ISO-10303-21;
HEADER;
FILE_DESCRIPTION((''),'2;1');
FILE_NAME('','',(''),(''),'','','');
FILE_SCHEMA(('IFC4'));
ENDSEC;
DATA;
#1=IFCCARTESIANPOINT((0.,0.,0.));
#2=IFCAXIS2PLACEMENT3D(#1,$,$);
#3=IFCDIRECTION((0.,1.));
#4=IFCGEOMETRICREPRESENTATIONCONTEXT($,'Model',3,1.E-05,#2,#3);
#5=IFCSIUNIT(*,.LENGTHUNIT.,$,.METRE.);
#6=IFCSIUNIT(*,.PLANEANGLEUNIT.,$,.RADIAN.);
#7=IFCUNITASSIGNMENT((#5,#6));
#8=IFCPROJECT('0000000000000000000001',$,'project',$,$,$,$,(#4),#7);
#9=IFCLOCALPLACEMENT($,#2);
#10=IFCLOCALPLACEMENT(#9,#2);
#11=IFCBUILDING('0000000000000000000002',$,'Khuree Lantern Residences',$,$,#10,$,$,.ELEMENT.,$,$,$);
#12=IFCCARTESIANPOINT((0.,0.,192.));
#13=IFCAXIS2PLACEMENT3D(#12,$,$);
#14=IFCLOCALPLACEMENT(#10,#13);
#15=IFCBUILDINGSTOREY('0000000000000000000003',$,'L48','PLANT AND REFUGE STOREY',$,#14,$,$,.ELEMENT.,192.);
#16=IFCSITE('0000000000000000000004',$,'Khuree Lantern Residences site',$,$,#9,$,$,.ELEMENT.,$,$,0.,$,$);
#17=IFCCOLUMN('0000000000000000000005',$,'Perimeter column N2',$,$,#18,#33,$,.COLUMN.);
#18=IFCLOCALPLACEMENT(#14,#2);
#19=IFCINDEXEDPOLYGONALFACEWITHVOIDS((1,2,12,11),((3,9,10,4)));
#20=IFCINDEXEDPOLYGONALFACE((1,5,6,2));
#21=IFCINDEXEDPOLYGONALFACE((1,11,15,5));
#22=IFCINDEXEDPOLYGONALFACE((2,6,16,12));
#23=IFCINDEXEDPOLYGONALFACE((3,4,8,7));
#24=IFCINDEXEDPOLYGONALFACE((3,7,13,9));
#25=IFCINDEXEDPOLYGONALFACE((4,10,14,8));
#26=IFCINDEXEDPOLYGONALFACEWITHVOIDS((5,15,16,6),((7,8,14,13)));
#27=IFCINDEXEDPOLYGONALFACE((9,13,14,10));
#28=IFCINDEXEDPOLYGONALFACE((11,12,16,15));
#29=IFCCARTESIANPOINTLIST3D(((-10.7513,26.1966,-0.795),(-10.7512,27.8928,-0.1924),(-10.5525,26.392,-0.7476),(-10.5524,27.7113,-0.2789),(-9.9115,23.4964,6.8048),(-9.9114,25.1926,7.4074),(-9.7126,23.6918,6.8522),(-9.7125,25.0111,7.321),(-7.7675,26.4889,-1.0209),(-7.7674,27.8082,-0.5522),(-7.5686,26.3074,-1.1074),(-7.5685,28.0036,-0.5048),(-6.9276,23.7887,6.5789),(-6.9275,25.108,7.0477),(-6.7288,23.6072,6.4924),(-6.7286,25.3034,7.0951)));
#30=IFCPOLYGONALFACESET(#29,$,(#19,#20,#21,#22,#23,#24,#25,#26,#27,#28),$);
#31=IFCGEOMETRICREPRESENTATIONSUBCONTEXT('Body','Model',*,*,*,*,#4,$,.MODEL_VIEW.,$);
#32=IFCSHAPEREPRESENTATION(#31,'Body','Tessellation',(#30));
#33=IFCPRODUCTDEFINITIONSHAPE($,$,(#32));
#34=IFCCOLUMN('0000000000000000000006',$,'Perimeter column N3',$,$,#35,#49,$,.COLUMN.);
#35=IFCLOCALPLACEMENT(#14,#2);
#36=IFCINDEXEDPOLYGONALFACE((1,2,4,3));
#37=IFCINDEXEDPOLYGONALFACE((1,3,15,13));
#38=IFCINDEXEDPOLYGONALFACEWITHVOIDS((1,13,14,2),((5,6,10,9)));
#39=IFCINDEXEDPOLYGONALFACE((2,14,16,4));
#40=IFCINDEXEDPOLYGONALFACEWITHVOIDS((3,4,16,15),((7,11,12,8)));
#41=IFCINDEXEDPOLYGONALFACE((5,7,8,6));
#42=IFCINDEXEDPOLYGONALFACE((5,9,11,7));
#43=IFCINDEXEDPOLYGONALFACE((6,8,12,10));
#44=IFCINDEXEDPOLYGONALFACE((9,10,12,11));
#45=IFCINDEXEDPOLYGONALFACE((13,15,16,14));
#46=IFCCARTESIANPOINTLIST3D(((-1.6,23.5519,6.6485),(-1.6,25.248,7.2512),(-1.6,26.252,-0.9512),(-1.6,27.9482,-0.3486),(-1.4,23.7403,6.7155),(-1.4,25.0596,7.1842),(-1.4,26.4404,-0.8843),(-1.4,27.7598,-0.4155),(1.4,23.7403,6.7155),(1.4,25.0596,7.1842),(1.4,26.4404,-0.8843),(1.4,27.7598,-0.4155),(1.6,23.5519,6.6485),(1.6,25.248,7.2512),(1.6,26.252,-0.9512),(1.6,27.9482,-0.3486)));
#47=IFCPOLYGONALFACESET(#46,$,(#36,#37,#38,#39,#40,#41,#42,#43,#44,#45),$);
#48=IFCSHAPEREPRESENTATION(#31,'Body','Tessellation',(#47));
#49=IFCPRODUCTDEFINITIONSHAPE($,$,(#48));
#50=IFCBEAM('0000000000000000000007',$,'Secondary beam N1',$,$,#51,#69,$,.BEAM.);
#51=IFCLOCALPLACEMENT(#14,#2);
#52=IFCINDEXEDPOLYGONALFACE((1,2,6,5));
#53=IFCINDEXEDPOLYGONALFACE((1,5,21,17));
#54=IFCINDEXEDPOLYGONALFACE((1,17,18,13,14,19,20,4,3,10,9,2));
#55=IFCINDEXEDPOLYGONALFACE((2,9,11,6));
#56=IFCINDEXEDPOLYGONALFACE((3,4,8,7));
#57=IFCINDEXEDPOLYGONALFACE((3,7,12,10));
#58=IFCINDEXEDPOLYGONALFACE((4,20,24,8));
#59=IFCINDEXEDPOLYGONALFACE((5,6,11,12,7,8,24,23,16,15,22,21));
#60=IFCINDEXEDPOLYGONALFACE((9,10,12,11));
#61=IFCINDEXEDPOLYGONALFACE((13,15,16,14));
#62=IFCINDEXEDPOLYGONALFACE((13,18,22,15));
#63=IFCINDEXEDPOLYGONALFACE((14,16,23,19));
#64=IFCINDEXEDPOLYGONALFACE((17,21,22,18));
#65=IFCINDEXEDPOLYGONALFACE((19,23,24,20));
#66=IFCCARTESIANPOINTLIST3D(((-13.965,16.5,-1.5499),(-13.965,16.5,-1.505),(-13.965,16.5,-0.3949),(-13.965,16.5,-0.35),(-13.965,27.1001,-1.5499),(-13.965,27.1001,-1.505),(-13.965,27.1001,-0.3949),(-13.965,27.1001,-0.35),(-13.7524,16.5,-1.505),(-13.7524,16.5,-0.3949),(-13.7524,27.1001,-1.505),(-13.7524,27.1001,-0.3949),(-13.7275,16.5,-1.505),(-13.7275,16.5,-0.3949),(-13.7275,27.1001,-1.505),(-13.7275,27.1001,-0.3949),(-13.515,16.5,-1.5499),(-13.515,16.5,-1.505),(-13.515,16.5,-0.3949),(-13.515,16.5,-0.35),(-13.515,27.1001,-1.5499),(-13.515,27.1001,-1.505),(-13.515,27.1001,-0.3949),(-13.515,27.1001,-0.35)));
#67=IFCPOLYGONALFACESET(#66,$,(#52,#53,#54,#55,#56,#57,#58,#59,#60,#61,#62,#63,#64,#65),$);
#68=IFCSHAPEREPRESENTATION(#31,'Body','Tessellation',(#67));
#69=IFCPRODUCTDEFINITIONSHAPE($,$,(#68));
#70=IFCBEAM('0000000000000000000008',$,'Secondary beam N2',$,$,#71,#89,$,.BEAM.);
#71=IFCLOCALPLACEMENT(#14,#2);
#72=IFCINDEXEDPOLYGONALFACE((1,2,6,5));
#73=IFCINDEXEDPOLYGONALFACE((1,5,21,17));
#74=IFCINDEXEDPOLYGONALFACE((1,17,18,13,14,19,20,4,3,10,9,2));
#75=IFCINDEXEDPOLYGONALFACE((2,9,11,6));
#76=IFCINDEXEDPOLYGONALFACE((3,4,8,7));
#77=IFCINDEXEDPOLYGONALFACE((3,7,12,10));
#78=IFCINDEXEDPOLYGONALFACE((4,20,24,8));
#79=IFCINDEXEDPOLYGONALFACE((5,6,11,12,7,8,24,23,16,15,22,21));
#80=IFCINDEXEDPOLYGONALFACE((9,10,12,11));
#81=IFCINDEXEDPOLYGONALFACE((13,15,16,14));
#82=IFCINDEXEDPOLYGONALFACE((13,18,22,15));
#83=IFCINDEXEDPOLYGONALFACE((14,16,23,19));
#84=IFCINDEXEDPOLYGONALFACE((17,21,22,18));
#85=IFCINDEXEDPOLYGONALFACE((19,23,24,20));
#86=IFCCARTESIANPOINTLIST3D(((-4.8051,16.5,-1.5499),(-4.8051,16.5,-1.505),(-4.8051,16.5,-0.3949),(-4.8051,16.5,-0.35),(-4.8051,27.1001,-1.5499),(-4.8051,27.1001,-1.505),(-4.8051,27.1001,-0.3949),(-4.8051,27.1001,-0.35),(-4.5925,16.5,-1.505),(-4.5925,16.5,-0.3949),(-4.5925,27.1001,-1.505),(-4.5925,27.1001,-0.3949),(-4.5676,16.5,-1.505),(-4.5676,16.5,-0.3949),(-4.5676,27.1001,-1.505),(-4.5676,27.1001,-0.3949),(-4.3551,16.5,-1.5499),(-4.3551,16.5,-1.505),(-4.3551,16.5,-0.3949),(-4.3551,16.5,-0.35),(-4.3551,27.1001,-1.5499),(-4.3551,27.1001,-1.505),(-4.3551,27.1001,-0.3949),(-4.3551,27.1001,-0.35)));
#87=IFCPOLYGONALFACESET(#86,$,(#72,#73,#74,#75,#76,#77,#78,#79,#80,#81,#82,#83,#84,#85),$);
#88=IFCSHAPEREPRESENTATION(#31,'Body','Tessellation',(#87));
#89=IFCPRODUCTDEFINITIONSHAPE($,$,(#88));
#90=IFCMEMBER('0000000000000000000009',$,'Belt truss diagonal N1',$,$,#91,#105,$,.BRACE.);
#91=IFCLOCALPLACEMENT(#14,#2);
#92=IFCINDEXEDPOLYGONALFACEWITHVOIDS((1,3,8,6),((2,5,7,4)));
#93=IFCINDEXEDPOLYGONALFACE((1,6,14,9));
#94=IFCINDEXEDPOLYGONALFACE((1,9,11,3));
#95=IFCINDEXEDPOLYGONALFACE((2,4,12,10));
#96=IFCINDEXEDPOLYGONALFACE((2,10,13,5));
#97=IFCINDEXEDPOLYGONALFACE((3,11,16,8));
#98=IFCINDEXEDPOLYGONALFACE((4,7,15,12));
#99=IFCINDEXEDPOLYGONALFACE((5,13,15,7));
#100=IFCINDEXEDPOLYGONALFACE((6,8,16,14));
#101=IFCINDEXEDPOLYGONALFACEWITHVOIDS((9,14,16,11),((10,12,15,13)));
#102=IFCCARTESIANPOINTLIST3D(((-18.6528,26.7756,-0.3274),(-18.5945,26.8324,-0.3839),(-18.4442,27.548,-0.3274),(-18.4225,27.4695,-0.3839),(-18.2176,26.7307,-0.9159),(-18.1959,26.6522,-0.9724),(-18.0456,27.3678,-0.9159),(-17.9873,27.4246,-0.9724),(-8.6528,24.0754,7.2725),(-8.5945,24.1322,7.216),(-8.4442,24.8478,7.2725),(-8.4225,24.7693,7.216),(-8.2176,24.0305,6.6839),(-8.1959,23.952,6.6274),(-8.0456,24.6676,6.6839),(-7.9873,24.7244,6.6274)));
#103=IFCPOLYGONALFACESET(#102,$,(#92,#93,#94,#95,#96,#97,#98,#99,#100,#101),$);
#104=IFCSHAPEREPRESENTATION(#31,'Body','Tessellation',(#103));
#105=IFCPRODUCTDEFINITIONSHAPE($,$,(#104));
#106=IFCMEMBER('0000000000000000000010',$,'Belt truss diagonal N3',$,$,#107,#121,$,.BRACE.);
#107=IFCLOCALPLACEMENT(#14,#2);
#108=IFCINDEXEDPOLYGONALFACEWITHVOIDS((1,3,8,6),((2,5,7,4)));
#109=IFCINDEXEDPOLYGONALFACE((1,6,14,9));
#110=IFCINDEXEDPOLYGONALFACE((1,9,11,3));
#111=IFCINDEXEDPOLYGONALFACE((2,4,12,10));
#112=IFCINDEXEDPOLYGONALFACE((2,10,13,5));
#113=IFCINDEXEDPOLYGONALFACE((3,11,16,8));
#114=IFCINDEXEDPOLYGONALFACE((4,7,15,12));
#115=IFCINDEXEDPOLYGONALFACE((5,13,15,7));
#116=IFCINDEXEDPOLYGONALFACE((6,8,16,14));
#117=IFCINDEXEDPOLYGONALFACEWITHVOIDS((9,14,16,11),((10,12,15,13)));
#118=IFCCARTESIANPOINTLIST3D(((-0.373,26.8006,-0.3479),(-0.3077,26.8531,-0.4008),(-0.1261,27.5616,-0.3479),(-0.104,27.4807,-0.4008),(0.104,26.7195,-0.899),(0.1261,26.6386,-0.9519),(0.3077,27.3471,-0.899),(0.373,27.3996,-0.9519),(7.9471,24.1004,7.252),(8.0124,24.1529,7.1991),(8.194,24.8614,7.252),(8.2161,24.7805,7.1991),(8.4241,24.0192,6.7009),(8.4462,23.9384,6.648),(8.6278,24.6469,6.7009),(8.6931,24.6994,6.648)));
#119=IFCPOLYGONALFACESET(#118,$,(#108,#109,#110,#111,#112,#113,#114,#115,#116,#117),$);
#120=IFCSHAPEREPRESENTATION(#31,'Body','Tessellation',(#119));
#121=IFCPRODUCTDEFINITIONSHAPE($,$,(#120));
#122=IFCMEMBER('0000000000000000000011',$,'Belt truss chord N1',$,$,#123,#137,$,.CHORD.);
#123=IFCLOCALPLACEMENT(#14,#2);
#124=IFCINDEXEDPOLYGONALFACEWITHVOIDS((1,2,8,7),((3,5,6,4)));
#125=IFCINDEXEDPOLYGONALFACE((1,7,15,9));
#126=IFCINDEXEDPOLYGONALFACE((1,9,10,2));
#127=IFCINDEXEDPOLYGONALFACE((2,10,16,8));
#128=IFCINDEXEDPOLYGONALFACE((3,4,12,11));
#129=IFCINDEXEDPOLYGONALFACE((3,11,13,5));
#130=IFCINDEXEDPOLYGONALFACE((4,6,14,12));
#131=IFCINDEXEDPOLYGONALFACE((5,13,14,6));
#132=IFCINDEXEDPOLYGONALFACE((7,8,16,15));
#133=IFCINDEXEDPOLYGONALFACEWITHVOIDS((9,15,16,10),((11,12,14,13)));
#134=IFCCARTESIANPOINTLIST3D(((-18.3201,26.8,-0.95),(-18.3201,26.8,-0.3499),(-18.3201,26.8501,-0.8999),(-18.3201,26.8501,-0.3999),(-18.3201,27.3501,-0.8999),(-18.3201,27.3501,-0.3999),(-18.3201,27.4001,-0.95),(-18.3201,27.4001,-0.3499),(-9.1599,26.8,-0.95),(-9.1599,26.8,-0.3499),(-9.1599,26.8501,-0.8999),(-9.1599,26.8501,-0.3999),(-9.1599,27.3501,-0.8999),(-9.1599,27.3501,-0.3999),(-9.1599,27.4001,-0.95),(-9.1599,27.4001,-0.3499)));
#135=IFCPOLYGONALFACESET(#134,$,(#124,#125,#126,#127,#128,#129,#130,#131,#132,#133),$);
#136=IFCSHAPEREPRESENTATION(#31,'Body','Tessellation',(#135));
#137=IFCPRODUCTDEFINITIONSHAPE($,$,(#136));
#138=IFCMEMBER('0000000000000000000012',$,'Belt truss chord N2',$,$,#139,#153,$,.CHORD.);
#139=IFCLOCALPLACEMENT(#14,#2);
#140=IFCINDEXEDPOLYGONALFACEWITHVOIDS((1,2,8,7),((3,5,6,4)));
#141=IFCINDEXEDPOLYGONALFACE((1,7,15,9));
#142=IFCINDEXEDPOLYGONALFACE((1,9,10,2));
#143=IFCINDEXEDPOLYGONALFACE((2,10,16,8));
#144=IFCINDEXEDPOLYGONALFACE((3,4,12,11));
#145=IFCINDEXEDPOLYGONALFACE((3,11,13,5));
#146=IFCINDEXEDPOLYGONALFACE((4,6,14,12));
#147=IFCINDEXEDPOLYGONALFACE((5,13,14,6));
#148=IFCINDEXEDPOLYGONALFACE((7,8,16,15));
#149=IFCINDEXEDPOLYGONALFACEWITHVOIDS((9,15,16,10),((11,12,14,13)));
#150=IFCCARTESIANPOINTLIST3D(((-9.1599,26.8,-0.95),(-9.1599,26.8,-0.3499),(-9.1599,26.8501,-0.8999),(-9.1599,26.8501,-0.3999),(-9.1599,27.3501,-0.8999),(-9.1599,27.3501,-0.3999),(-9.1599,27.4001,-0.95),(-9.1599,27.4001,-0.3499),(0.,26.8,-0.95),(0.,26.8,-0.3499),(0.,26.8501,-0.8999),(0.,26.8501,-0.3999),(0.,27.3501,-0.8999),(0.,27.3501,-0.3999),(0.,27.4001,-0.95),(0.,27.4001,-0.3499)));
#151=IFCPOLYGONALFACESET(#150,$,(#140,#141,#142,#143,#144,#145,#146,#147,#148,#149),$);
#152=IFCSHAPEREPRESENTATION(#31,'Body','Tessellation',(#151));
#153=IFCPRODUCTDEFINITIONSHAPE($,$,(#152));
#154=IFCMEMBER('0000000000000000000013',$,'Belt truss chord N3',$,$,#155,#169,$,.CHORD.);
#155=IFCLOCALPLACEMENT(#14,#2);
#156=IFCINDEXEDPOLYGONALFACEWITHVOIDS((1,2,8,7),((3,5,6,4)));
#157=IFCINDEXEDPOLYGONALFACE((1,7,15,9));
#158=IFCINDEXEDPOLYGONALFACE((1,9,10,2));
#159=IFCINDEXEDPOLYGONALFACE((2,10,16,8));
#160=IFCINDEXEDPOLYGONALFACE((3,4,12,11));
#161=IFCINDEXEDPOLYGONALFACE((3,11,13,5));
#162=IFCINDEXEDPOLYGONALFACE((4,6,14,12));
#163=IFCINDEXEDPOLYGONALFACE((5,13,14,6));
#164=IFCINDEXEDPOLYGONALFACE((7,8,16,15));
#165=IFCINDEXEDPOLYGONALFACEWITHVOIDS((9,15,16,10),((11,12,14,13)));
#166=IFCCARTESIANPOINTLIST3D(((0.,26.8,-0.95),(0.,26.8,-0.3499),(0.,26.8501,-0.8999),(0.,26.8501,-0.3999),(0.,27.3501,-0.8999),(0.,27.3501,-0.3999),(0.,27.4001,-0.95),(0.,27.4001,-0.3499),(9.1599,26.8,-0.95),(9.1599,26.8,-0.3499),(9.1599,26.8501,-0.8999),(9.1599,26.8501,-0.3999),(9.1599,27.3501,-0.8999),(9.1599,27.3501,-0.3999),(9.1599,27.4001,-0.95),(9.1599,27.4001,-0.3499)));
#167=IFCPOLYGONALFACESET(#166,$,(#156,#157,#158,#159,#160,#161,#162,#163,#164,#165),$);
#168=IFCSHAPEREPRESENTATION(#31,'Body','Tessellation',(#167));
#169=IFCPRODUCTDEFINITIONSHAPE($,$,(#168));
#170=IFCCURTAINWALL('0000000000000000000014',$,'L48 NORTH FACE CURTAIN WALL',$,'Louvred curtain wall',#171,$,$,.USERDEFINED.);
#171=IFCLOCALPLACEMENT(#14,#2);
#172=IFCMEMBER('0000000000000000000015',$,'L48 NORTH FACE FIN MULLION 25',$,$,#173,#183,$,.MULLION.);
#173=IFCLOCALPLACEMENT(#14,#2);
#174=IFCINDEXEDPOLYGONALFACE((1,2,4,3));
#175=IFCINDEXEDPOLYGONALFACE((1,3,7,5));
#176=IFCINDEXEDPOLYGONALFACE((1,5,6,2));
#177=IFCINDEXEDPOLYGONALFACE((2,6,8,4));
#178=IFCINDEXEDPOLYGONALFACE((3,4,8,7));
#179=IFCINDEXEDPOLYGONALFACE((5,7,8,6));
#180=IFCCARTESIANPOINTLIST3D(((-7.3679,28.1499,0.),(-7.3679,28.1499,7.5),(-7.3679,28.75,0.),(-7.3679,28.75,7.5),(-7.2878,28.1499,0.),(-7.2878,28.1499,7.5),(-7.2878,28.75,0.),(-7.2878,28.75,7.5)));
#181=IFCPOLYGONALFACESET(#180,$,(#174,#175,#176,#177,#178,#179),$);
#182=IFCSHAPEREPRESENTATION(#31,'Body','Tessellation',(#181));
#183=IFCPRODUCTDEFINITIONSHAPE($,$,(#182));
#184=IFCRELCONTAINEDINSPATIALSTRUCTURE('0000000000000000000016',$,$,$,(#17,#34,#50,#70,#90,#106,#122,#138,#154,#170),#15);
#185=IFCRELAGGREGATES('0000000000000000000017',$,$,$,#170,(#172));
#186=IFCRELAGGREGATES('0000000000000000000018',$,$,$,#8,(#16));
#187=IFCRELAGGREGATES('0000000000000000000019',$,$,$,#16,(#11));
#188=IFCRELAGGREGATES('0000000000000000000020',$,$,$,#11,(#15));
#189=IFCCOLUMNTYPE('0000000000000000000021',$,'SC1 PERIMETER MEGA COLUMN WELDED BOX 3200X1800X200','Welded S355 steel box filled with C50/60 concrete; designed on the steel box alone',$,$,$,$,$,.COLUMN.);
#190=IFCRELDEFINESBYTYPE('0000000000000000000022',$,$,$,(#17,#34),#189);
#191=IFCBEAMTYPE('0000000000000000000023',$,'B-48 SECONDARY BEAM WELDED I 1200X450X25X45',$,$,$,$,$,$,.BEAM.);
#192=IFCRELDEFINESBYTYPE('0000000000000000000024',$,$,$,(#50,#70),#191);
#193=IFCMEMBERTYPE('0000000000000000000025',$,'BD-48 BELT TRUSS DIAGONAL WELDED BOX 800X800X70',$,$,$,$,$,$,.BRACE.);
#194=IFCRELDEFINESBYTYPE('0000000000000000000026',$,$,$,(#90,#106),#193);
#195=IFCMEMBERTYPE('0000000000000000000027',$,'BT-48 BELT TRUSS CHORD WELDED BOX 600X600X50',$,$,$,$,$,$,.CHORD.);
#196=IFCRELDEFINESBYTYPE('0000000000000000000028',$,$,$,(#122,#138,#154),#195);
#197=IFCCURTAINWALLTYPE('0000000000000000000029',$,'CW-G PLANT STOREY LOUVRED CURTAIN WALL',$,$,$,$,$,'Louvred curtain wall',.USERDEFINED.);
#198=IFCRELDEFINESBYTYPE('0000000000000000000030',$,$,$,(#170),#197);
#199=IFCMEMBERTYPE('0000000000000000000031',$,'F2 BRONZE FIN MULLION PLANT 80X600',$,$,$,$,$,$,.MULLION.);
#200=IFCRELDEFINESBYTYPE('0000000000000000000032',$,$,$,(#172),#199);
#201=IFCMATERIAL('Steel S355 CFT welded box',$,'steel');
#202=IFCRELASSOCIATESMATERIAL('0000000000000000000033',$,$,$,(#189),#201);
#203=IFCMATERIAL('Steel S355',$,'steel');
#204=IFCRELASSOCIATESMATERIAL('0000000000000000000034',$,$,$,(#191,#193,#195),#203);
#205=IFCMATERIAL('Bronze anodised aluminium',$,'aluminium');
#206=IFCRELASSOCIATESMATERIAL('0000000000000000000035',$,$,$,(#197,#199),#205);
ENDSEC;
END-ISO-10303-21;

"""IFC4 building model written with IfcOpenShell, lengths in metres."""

from ifc_helpers import new_model, si_unit, direction, frame, origin, origin_2d, place, context, subcontext, project, spatial, rectangle, hollow_rectangle, i_section, extrude, material, material_profile, profile_set, type_object, element, aggregate, save


model = new_model("IFC4")

# Units and contexts
model_context = context("Model", 3, precision=1e-05, world=origin(), true_north=direction((0.0, 1.0)))
body_context = subcontext(model_context, "Body", "Model", "MODEL_VIEW")
ifc_project = project(units=[si_unit("LENGTHUNIT", "METRE"), si_unit("PLANEANGLEUNIT", "RADIAN")], contexts=[model_context])

# Site, building, storey
site_placement = place(None, origin())
site = spatial("IfcSite", under=ifc_project, at=site_placement, Name="Khuree Lantern Residences site", CompositionType="ELEMENT", RefElevation=0.0)
building_placement = place(site_placement, origin())
building = spatial("IfcBuilding", under=site, at=building_placement, Name="Khuree Lantern Residences", CompositionType="ELEMENT")
storey_placement = place(building_placement, frame((0.0, 0.0, 192.0)))
storey = spatial("IfcBuildingStorey", under=building, at=storey_placement, Name="L48", Description="PLANT AND REFUGE STOREY", CompositionType="ELEMENT", Elevation=192.0)

# Columns
ifc_material_1 = material(Name="Steel S355 CFT welded box", Category="steel")
ifc_material_profile_1 = material_profile(ifc_material_1, hollow_rectangle(XDim=3.2, YDim=1.8, WallThickness=0.2, at=origin_2d()), Name="WELDED BOX 3200X1800X200")
ifc_profile_set_1 = profile_set([ifc_material_profile_1], Name="Steel S355 CFT welded box")
column_type = type_object("IfcColumnType", Name="SC1 PERIMETER MEGA COLUMN WELDED BOX 3200X1800X200", Description="Welded S355 steel box filled with C50/60 concrete; designed on the steel box alone", PredefinedType="COLUMN", material=ifc_profile_set_1)
column_1_placement = place(storey_placement, frame((-9.1599, 27.1001, -0.6499), z_axis=(0.103571, -0.332992, 0.937224), x_axis=(0.994622, 0.034607, -0.097618)))
element("IfcColumn", 1, at=column_1_placement, inside=storey, type_object=column_type, Name="Perimeter column N2", PredefinedType="COLUMN", context=body_context, shape_type="SweptSolid", body=[
    extrude(hollow_rectangle(XDim=3.2, YDim=1.8, WallThickness=0.2, at=origin_2d()), origin(), (0.0, 0.0, 1.0), 8.1089),
])
column_2_placement = place(storey_placement, frame((0.0, 27.1001, -0.6499), z_axis=(0.0, -0.334792, 0.942292), x_axis=(1.0, 0.0, 0.0)))
element("IfcColumn", 2, at=column_2_placement, inside=storey, type_object=column_type, Name="Perimeter column N3", PredefinedType="COLUMN", context=body_context, shape_type="SweptSolid", body=[
    extrude(hollow_rectangle(XDim=3.2, YDim=1.8, WallThickness=0.2, at=origin_2d()), origin(), (0.0, 0.0, 1.0), 8.0652),
])

# Beams
ifc_material_2 = material(Name="Steel S355", Category="steel")
ifc_material_profile_2 = material_profile(ifc_material_2, i_section(OverallWidth=0.45, OverallDepth=1.2, WebThickness=0.0249, FlangeThickness=0.0449, at=origin_2d()), Name="WELDED I 1200X450X25X45")
ifc_profile_set_2 = profile_set([ifc_material_profile_2], Name="Steel S355")
beam_type_1 = type_object("IfcBeamType", Name="B-48 SECONDARY BEAM WELDED I 1200X450X25X45", PredefinedType="BEAM", material=ifc_profile_set_2)
for number, where, z_axis, x_axis, name in (
    (3, (-13.74, 27.1001, -0.95), (0.0, -1.0, 0.0), (1.0, 0.0, 0.0), "Secondary beam N1"),
    (4, (-4.5801, 27.1001, -0.95), (0.0, -1.0, 0.0), (1.0, 0.0, 0.0), "Secondary beam N2"),
):
    element("IfcBeam", number, at=place(storey_placement, frame(where, z_axis=z_axis, x_axis=x_axis)), inside=storey, type_object=beam_type_1, Name=name, PredefinedType="BEAM", context=body_context, shape_type="SweptSolid", body=[
        extrude(i_section(OverallWidth=0.45, OverallDepth=1.2, WebThickness=0.0249, FlangeThickness=0.0449, at=origin_2d()), origin(), (0.0, 0.0, 1.0), 10.6001),
    ])

# Members
ifc_material_profile_3 = material_profile(ifc_material_2, hollow_rectangle(XDim=0.8, YDim=0.8, WallThickness=0.0701, at=origin_2d()), Name="WELDED BOX 800X800X70")
ifc_profile_set_3 = profile_set([ifc_material_profile_3], Name="Steel S355")
member_type_1 = type_object("IfcMemberType", Name="BD-48 BELT TRUSS DIAGONAL WELDED BOX 800X800X70", PredefinedType="BRACE", material=ifc_profile_set_3)
member_1_placement = place(storey_placement, frame((-18.3201, 27.1001, -0.6499), z_axis=(0.778384, -0.210179, 0.59156), x_axis=(0.260683, 0.965424, 0.0)))
element("IfcMember", 5, at=member_1_placement, inside=storey, type_object=member_type_1, Name="Belt truss diagonal N1", PredefinedType="BRACE", context=body_context, shape_type="SweptSolid", body=[
    extrude(hollow_rectangle(XDim=0.8, YDim=0.8, WallThickness=0.0701, at=origin_2d()), origin(), (0.0, 0.0, 1.0), 12.8472),
])
member_2_placement = place(storey_placement, frame((0.0, 27.1001, -0.6499), z_axis=(0.718015, -0.233025, 0.655861), x_axis=(0.30869, 0.951163, 0.0)))
element("IfcMember", 6, at=member_2_placement, inside=storey, type_object=member_type_1, Name="Belt truss diagonal N3", PredefinedType="BRACE", context=body_context, shape_type="SweptSolid", body=[
    extrude(hollow_rectangle(XDim=0.8, YDim=0.8, WallThickness=0.0701, at=origin_2d()), origin(), (0.0, 0.0, 1.0), 11.5876),
])
ifc_material_profile_4 = material_profile(ifc_material_2, hollow_rectangle(XDim=0.6001, YDim=0.6001, WallThickness=0.05, at=origin_2d()), Name="WELDED BOX 600X600X50")
ifc_profile_set_4 = profile_set([ifc_material_profile_4], Name="Steel S355")
member_type_2 = type_object("IfcMemberType", Name="BT-48 BELT TRUSS CHORD WELDED BOX 600X600X50", PredefinedType="CHORD", material=ifc_profile_set_4)
member_3_placement = place(storey_placement, frame((-18.3201, 27.1001, -0.6499), z_axis=(1.0, 0.0, 0.0), x_axis=(0.0, 1.0, 0.0)))
element("IfcMember", 7, at=member_3_placement, inside=storey, type_object=member_type_2, Name="Belt truss chord N1", PredefinedType="CHORD", context=body_context, shape_type="SweptSolid", body=[
    extrude(hollow_rectangle(XDim=0.6001, YDim=0.6001, WallThickness=0.05, at=origin_2d()), origin(), (0.0, 0.0, 1.0), 9.1602),
])
for number, where, z_axis, x_axis, name in (
    (8, (-9.1599, 27.1001, -0.6499), (1.0, 0.0, 0.0), (0.0, 1.0, 0.0), "Belt truss chord N2"),
    (9, (0.0, 27.1001, -0.6499), (1.0, 0.0, 0.0), (0.0, 1.0, 0.0), "Belt truss chord N3"),
):
    element("IfcMember", number, at=place(storey_placement, frame(where, z_axis=z_axis, x_axis=x_axis)), inside=storey, type_object=member_type_2, Name=name, PredefinedType="CHORD", context=body_context, shape_type="SweptSolid", body=[
        extrude(hollow_rectangle(XDim=0.6001, YDim=0.6001, WallThickness=0.05, at=origin_2d()), origin(), (0.0, 0.0, 1.0), 9.1599),
    ])

# Curtain wall, member
ifc_material_3 = material(Name="Bronze anodised aluminium", Category="aluminium")
curtain_wall_type = type_object("IfcCurtainWallType", Name="CW-G PLANT STOREY LOUVRED CURTAIN WALL", ElementType="Louvred curtain wall", PredefinedType="USERDEFINED", material=ifc_material_3)
curtain_wall_placement = place(storey_placement, origin())
curtain_wall = element("IfcCurtainWall", 10, at=curtain_wall_placement, inside=storey, type_object=curtain_wall_type, Name="L48 NORTH FACE CURTAIN WALL", ObjectType="Louvred curtain wall", PredefinedType="USERDEFINED")
ifc_material_profile_5 = material_profile(ifc_material_3, rectangle(XDim=0.0801, YDim=0.6001, at=origin_2d()), Name="F2 80X600")
ifc_profile_set_5 = profile_set([ifc_material_profile_5], Name="Bronze anodised aluminium")
member_type_3 = type_object("IfcMemberType", Name="F2 BRONZE FIN MULLION PLANT 80X600", PredefinedType="MULLION", material=ifc_profile_set_5)
member_4_placement = place(storey_placement, frame((-7.3279, 28.45, 0.0), z_axis=(0.0, 0.0, 1.0), x_axis=(-1.0, 0.0, 0.0)))
member_4 = element("IfcMember", 11, at=member_4_placement, type_object=member_type_3, Name="L48 NORTH FACE FIN MULLION 25", PredefinedType="MULLION", context=body_context, shape_type="SweptSolid", body=[
    extrude(rectangle(XDim=0.0801, YDim=0.6001, at=origin_2d()), origin(), (0.0, 0.0, 1.0), 7.5),
])

aggregate(curtain_wall, [member_4])

save(model, "model.ifc")
